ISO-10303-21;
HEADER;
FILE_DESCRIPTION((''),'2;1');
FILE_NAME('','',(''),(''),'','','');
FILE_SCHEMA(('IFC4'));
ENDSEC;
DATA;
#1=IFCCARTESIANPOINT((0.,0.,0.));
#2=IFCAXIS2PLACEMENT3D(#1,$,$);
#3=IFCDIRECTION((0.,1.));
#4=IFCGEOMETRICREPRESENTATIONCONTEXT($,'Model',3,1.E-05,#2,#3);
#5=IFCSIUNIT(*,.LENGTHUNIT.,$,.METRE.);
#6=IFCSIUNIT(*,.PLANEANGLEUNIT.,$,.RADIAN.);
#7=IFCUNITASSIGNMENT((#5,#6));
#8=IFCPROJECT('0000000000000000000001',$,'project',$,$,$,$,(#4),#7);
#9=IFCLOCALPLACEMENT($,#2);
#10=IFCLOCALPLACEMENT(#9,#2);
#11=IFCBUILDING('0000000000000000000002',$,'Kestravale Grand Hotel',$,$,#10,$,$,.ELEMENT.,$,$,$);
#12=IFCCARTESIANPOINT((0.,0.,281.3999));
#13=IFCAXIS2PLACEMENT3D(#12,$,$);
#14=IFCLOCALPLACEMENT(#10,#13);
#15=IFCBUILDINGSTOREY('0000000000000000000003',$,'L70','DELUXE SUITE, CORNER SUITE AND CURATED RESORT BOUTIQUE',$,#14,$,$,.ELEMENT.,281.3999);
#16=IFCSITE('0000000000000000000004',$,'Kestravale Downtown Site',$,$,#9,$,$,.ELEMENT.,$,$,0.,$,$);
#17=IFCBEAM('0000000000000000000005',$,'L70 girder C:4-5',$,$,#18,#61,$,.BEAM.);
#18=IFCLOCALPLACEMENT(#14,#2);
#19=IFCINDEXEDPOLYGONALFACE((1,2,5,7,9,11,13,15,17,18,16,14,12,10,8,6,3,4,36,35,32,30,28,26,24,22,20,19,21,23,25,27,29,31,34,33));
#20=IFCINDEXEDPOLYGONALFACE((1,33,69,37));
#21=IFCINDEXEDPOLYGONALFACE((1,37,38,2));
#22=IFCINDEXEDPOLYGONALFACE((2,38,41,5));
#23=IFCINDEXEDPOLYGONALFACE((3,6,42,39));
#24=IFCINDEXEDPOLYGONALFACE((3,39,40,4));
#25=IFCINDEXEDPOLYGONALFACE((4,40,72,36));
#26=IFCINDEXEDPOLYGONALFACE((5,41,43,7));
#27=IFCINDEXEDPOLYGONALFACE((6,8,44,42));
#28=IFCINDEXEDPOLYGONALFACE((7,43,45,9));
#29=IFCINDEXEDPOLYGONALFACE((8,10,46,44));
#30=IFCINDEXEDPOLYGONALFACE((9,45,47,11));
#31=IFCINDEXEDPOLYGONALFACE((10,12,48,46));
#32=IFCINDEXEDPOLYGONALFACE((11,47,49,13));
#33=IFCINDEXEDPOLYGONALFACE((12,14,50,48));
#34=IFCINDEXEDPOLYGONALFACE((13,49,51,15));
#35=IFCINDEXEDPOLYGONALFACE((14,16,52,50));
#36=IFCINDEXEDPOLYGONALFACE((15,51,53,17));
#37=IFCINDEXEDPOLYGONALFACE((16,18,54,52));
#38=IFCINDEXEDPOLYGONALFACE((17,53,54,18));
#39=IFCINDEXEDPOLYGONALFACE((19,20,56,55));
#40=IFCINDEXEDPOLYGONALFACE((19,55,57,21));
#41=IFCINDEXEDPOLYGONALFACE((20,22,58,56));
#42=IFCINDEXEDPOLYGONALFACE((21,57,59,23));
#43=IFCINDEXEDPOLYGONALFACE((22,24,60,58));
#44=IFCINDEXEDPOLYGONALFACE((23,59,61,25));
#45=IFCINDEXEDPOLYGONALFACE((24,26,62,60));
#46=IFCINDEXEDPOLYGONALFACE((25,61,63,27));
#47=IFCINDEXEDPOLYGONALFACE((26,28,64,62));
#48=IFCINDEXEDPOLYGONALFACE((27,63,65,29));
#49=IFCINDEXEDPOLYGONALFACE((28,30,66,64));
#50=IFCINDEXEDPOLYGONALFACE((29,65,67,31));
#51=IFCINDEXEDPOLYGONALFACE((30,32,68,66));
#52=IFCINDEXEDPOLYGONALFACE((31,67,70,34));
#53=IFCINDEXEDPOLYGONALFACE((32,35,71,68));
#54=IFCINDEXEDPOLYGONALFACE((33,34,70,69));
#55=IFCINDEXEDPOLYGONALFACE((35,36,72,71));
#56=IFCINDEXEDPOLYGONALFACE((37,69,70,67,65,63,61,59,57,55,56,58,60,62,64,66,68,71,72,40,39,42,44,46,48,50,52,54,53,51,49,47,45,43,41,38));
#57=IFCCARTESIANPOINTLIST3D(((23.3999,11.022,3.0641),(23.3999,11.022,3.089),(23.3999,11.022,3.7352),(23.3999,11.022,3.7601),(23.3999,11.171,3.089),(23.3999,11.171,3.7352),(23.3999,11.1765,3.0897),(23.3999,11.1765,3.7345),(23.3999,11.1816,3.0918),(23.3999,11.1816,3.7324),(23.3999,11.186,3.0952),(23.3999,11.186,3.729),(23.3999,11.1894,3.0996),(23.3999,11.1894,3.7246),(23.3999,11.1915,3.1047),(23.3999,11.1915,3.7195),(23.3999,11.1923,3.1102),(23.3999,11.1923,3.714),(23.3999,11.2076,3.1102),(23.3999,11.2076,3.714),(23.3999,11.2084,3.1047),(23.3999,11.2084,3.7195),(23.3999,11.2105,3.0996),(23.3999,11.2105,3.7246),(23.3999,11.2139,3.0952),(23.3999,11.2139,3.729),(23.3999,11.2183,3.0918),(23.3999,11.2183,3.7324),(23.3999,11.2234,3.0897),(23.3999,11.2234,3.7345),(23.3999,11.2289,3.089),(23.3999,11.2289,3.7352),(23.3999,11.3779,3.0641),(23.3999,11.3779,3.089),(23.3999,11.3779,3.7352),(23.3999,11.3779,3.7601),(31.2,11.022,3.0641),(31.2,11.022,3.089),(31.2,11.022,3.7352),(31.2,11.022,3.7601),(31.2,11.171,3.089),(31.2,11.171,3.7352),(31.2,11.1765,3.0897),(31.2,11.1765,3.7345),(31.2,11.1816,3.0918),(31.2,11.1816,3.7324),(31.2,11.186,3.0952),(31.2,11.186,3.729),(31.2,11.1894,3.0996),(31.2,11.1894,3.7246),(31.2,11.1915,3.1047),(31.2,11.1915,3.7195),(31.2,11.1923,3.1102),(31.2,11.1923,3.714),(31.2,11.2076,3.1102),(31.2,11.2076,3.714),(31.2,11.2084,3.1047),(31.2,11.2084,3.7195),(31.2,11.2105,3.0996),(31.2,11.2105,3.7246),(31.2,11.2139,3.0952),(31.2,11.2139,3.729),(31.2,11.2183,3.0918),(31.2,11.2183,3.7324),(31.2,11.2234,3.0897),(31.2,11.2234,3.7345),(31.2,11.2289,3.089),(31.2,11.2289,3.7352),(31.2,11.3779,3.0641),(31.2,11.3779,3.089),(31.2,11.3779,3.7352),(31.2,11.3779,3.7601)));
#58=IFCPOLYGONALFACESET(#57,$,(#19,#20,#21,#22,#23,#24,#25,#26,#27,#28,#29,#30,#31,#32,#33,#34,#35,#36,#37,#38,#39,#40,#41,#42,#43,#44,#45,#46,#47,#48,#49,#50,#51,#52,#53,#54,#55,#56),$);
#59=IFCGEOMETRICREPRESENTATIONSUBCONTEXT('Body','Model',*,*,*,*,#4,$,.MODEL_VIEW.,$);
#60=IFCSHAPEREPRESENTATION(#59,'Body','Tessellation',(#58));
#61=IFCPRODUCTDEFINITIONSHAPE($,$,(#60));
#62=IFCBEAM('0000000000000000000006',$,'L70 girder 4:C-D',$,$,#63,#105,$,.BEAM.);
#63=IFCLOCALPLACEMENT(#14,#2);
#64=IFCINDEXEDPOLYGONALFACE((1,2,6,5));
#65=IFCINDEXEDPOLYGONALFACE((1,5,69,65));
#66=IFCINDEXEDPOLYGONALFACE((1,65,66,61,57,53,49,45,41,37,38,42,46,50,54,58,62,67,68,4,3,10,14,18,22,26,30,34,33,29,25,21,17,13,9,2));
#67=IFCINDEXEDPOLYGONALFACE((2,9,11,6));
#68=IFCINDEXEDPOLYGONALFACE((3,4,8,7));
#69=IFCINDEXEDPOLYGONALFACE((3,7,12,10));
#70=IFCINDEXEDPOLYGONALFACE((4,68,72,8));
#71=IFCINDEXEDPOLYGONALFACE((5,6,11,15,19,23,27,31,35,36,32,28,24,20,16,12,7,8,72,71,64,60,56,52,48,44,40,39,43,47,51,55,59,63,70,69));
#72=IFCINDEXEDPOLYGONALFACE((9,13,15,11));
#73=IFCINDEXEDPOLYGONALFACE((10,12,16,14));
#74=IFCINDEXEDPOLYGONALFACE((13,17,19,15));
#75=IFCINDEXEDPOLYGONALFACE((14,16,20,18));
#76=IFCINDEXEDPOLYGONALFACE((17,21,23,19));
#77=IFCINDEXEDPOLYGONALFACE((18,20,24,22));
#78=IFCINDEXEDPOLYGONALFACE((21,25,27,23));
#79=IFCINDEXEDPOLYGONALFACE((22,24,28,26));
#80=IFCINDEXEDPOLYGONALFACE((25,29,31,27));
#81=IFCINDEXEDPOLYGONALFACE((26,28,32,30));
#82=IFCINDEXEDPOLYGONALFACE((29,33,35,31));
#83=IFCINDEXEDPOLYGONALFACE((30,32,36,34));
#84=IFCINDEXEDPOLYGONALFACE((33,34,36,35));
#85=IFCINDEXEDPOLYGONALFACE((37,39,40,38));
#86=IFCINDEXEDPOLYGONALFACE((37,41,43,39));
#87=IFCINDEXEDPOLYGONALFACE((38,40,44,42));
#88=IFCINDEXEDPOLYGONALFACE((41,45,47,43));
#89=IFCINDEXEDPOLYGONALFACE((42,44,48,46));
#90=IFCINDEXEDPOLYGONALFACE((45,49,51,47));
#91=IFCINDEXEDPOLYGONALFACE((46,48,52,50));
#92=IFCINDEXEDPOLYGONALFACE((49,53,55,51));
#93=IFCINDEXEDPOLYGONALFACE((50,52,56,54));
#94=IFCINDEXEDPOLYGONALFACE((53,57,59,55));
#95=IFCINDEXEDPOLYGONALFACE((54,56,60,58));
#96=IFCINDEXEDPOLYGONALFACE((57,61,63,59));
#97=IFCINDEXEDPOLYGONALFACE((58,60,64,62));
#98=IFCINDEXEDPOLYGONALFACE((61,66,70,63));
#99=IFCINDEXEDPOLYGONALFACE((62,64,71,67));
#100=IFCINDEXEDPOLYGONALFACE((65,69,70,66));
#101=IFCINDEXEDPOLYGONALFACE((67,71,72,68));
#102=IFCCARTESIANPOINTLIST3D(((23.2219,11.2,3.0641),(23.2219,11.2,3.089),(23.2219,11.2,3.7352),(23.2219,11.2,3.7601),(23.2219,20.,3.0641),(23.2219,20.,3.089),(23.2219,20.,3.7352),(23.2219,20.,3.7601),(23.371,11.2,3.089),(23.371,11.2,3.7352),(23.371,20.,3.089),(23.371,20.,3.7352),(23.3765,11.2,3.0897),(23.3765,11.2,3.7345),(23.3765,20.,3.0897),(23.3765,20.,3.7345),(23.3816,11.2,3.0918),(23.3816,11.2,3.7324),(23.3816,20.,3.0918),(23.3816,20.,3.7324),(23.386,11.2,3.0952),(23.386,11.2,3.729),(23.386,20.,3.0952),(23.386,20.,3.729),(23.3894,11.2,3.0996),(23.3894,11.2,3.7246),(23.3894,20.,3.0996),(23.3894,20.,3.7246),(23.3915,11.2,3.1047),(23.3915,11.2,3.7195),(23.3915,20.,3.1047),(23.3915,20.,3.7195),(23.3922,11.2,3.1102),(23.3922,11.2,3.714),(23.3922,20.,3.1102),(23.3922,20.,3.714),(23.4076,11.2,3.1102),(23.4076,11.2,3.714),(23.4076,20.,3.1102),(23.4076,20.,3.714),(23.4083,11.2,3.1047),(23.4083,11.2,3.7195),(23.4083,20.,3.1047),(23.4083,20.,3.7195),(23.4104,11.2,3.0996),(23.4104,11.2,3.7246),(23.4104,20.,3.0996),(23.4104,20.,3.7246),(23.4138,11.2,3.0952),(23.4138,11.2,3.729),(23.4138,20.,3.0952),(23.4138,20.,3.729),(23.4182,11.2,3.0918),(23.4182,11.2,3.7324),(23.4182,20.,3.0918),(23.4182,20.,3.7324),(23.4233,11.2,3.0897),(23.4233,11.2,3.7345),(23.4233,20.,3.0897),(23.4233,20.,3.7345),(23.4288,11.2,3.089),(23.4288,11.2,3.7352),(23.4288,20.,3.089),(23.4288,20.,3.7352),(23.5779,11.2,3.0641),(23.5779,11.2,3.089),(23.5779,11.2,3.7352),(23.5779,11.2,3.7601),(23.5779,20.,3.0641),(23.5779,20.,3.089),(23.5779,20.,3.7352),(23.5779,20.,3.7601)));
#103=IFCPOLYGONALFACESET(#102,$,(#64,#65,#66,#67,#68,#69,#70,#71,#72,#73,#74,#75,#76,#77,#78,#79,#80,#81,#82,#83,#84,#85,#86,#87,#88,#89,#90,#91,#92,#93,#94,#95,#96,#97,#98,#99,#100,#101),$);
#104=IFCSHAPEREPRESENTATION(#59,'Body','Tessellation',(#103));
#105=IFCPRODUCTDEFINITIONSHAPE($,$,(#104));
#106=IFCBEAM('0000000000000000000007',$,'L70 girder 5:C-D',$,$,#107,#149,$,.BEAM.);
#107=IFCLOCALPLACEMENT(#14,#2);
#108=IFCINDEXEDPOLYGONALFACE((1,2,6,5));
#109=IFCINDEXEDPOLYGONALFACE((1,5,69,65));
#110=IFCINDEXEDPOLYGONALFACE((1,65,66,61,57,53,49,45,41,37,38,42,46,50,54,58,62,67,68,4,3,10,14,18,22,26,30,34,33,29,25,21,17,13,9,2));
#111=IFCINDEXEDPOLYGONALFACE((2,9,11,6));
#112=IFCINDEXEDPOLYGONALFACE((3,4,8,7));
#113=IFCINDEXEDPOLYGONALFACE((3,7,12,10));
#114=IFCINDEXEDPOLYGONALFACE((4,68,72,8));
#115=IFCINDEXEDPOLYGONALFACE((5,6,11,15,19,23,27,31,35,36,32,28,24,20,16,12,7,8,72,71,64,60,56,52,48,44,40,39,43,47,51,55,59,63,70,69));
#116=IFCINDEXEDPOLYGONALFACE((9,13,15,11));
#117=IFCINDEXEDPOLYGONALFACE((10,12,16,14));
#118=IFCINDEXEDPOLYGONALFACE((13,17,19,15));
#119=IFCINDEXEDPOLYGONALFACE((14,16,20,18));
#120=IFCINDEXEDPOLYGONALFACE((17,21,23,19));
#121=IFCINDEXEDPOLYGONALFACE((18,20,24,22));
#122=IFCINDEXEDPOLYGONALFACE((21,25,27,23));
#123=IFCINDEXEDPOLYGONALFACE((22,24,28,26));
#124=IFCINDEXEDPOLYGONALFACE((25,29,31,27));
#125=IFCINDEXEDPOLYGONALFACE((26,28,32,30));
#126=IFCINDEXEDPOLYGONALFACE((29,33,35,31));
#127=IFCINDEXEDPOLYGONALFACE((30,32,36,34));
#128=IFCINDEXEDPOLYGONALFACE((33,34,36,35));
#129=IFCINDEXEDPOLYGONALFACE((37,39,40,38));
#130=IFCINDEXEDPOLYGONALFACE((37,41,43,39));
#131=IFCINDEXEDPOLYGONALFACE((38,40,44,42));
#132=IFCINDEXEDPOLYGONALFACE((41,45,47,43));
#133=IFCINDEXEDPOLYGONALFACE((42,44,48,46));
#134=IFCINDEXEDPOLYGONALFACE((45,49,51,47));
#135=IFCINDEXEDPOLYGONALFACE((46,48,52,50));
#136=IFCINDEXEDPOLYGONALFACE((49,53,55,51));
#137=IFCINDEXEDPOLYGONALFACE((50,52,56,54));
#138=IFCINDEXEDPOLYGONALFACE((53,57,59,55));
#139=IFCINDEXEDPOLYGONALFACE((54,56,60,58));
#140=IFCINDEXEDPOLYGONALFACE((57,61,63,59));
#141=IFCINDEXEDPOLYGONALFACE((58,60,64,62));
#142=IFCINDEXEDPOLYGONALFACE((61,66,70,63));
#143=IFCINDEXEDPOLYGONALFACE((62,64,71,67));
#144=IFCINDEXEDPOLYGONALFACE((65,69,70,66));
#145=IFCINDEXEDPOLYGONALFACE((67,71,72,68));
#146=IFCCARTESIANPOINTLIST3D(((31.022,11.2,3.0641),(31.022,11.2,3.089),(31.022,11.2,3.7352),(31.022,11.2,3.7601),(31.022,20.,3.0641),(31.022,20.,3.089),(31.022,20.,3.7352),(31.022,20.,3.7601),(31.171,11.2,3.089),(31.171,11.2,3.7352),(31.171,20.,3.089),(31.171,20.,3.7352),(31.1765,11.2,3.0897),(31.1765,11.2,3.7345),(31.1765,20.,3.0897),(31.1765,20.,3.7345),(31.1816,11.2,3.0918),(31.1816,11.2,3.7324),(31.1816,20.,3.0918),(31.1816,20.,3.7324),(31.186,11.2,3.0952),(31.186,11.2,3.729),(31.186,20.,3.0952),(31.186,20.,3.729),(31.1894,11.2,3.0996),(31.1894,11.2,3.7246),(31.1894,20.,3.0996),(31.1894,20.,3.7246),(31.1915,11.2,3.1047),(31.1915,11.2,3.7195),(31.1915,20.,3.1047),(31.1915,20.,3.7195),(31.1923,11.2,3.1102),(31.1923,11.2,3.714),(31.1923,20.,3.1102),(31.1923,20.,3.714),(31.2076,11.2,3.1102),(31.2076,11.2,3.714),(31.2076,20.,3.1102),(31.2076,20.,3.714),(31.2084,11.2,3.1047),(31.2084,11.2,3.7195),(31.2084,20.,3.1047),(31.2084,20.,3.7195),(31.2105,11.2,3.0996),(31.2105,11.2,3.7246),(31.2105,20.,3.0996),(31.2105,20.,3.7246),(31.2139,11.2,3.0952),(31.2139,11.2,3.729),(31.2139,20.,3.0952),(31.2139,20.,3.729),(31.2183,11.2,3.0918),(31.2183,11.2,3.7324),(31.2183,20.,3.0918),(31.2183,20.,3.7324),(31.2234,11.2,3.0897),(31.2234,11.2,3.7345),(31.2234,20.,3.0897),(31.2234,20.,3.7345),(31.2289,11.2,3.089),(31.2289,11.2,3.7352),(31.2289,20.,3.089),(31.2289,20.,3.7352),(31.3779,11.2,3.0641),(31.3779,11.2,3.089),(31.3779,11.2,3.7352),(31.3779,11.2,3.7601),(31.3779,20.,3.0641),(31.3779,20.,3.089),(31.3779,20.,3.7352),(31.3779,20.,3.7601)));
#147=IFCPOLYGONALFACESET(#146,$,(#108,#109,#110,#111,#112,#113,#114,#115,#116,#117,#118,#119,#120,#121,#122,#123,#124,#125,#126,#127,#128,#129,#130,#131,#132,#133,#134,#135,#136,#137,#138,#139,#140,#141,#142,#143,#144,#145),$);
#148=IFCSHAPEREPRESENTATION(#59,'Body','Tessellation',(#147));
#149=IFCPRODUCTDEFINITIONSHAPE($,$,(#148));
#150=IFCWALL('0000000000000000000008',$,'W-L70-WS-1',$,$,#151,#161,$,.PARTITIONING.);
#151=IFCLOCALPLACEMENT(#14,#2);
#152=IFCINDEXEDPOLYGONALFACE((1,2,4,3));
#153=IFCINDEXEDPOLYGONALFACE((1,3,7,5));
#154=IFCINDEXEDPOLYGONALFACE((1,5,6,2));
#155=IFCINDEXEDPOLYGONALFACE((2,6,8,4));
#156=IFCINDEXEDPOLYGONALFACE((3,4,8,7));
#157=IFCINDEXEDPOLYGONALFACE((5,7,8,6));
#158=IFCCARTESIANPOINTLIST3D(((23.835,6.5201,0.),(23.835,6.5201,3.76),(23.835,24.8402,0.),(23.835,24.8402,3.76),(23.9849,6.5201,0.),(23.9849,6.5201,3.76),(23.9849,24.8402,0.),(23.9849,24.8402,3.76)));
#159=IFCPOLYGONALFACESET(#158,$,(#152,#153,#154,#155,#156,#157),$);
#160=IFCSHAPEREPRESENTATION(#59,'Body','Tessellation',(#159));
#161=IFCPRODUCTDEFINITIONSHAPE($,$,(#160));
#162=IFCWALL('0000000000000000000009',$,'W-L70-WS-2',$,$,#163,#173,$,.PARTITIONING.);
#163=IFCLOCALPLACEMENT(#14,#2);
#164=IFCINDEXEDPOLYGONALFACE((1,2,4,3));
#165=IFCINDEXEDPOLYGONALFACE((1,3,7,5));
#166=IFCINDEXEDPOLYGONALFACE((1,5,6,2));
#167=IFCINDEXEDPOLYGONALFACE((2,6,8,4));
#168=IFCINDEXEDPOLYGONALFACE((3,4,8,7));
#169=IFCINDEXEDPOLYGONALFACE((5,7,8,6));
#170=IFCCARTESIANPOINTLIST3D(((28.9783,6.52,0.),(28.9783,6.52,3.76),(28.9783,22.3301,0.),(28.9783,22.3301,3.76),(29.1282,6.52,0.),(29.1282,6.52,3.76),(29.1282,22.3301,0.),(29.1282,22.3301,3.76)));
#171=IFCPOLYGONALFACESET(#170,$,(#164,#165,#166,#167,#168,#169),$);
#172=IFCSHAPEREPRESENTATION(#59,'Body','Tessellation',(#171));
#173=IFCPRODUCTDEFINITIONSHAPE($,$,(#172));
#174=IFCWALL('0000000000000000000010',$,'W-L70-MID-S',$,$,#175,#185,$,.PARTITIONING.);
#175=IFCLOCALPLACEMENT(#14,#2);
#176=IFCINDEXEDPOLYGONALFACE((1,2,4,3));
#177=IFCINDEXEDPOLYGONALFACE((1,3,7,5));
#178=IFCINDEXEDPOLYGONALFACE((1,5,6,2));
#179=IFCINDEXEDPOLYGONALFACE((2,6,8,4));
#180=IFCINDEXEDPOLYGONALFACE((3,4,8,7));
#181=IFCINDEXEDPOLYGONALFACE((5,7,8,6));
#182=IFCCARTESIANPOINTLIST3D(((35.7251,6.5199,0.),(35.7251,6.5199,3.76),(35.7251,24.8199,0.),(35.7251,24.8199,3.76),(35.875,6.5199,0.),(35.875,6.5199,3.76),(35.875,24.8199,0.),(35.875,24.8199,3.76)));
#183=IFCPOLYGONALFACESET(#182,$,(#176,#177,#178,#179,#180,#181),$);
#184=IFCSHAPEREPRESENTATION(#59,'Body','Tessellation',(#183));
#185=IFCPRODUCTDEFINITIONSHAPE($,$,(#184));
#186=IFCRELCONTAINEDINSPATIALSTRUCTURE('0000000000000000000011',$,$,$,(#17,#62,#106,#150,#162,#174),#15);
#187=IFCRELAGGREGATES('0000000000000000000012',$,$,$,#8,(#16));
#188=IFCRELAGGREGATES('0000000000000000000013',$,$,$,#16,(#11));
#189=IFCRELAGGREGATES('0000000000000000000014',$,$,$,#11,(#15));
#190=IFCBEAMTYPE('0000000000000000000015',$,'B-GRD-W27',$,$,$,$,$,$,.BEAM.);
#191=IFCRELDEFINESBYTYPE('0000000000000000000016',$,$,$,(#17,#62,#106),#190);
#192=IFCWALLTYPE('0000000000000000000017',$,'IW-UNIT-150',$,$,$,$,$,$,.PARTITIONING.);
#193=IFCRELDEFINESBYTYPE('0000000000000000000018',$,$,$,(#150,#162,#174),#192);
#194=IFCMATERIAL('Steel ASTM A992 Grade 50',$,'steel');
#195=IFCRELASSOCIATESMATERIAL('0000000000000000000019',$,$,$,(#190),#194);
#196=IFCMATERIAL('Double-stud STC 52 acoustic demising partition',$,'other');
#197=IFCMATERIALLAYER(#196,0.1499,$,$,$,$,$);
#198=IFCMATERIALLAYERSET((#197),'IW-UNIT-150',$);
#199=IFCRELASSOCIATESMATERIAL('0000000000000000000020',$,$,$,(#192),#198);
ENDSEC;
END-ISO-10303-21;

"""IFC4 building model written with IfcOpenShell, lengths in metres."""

from ifc_helpers import new_model, si_unit, direction, frame, frame_2d, origin, origin_2d, place, context, subcontext, project, spatial, rectangle, i_section, extrude, material, layer, layer_set, material_profile, profile_set, type_object, element, save


model = new_model("IFC4")

# Units and contexts
model_context = context("Model", 3, precision=1e-05, world=origin(), true_north=direction((0.0, 1.0)))
body_context = subcontext(model_context, "Body", "Model", "MODEL_VIEW")
ifc_project = project(units=[si_unit("LENGTHUNIT", "METRE"), si_unit("PLANEANGLEUNIT", "RADIAN")], contexts=[model_context])

# Site, building, storey
site_placement = place(None, origin())
site = spatial("IfcSite", under=ifc_project, at=site_placement, Name="Kestravale Downtown Site", CompositionType="ELEMENT", RefElevation=0.0)
building_placement = place(site_placement, origin())
building = spatial("IfcBuilding", under=site, at=building_placement, Name="Kestravale Grand Hotel", CompositionType="ELEMENT")
storey_placement = place(building_placement, frame((0.0, 0.0, 281.3999)))
storey = spatial("IfcBuildingStorey", under=building, at=storey_placement, Name="L70", Description="DELUXE SUITE, CORNER SUITE AND CURATED RESORT BOUTIQUE", CompositionType="ELEMENT", Elevation=281.3999)

# Beams
ifc_material_1 = material(Name="Steel ASTM A992 Grade 50", Category="steel")
ifc_material_profile_1 = material_profile(ifc_material_1, i_section(OverallWidth=0.356, OverallDepth=0.696, WebThickness=0.0154, FlangeThickness=0.0249, FilletRadius=0.0212, at=origin_2d()))
ifc_profile_set_1 = profile_set([ifc_material_profile_1], Name="Steel ASTM A992 Grade 50")
beam_type_1 = type_object("IfcBeamType", Name="B-GRD-W27", PredefinedType="BEAM", material=ifc_profile_set_1)
beam_1_placement = place(storey_placement, frame((23.3999, 11.2, 3.4121), z_axis=(1.0, 0.0, 0.0), x_axis=(0.0, 1.0, 0.0)))
element("IfcBeam", 1, at=beam_1_placement, inside=storey, type_object=beam_type_1, Name="L70 girder C:4-5", PredefinedType="BEAM", context=body_context, shape_type="SweptSolid", body=[
    extrude(i_section(OverallWidth=0.356, OverallDepth=0.696, WebThickness=0.0154, FlangeThickness=0.0249, FilletRadius=0.0212, at=origin_2d()), origin(), (0.0, 0.0, 1.0), 7.8),
])
for number, where, z_axis, x_axis, name in (
    (2, (23.3999, 11.2, 3.4121), (0.0, 1.0, 0.0), (-1.0, 0.0, 0.0), "L70 girder 4:C-D"),
    (3, (31.2, 11.2, 3.4121), (0.0, 1.0, 0.0), (-1.0, 0.0, 0.0), "L70 girder 5:C-D"),
):
    element("IfcBeam", number, at=place(storey_placement, frame(where, z_axis=z_axis, x_axis=x_axis)), inside=storey, type_object=beam_type_1, Name=name, PredefinedType="BEAM", context=body_context, shape_type="SweptSolid", body=[
        extrude(i_section(OverallWidth=0.356, OverallDepth=0.696, WebThickness=0.0154, FlangeThickness=0.0249, FilletRadius=0.0212, at=origin_2d()), origin(), (0.0, 0.0, 1.0), 8.8),
    ])

# Walls
ifc_material_2 = material(Name="Double-stud STC 52 acoustic demising partition", Category="other")
ifc_layer = layer(ifc_material_2, 0.1499)
ifc_layer_set = layer_set([ifc_layer], Name="IW-UNIT-150")
wall_type = type_object("IfcWallType", Name="IW-UNIT-150", PredefinedType="PARTITIONING", material=ifc_layer_set)
wall_1_placement = place(storey_placement, frame((23.9099, 6.52, 0.0), z_axis=(0.0, 0.0, 1.0), x_axis=(0.0, 1.0, 0.0)))
element("IfcWall", 4, at=wall_1_placement, inside=storey, type_object=wall_type, Name="W-L70-WS-1", PredefinedType="PARTITIONING", context=body_context, shape_type="SweptSolid", body=[
    extrude(rectangle(XDim=18.3201, YDim=0.1499, at=frame_2d((9.1602, 0.0))), origin(), (0.0, 0.0, 1.0), 3.76),
])
wall_2_placement = place(storey_placement, frame((29.0532, 6.52, 0.0), z_axis=(0.0, 0.0, 1.0), x_axis=(0.0, 1.0, 0.0)))
element("IfcWall", 5, at=wall_2_placement, inside=storey, type_object=wall_type, Name="W-L70-WS-2", PredefinedType="PARTITIONING", context=body_context, shape_type="SweptSolid", body=[
    extrude(rectangle(XDim=15.8101, YDim=0.1499, at=frame_2d((7.905, 0.0))), origin(), (0.0, 0.0, 1.0), 3.76),
])
wall_3_placement = place(storey_placement, frame((35.8, 6.52, 0.0), z_axis=(0.0, 0.0, 1.0), x_axis=(0.0, 1.0, 0.0)))
element("IfcWall", 6, at=wall_3_placement, inside=storey, type_object=wall_type, Name="W-L70-MID-S", PredefinedType="PARTITIONING", context=body_context, shape_type="SweptSolid", body=[
    extrude(rectangle(XDim=18.3, YDim=0.1499, at=frame_2d((9.1499, 0.0))), origin(), (0.0, 0.0, 1.0), 3.76),
])

save(model, "model.ifc")
